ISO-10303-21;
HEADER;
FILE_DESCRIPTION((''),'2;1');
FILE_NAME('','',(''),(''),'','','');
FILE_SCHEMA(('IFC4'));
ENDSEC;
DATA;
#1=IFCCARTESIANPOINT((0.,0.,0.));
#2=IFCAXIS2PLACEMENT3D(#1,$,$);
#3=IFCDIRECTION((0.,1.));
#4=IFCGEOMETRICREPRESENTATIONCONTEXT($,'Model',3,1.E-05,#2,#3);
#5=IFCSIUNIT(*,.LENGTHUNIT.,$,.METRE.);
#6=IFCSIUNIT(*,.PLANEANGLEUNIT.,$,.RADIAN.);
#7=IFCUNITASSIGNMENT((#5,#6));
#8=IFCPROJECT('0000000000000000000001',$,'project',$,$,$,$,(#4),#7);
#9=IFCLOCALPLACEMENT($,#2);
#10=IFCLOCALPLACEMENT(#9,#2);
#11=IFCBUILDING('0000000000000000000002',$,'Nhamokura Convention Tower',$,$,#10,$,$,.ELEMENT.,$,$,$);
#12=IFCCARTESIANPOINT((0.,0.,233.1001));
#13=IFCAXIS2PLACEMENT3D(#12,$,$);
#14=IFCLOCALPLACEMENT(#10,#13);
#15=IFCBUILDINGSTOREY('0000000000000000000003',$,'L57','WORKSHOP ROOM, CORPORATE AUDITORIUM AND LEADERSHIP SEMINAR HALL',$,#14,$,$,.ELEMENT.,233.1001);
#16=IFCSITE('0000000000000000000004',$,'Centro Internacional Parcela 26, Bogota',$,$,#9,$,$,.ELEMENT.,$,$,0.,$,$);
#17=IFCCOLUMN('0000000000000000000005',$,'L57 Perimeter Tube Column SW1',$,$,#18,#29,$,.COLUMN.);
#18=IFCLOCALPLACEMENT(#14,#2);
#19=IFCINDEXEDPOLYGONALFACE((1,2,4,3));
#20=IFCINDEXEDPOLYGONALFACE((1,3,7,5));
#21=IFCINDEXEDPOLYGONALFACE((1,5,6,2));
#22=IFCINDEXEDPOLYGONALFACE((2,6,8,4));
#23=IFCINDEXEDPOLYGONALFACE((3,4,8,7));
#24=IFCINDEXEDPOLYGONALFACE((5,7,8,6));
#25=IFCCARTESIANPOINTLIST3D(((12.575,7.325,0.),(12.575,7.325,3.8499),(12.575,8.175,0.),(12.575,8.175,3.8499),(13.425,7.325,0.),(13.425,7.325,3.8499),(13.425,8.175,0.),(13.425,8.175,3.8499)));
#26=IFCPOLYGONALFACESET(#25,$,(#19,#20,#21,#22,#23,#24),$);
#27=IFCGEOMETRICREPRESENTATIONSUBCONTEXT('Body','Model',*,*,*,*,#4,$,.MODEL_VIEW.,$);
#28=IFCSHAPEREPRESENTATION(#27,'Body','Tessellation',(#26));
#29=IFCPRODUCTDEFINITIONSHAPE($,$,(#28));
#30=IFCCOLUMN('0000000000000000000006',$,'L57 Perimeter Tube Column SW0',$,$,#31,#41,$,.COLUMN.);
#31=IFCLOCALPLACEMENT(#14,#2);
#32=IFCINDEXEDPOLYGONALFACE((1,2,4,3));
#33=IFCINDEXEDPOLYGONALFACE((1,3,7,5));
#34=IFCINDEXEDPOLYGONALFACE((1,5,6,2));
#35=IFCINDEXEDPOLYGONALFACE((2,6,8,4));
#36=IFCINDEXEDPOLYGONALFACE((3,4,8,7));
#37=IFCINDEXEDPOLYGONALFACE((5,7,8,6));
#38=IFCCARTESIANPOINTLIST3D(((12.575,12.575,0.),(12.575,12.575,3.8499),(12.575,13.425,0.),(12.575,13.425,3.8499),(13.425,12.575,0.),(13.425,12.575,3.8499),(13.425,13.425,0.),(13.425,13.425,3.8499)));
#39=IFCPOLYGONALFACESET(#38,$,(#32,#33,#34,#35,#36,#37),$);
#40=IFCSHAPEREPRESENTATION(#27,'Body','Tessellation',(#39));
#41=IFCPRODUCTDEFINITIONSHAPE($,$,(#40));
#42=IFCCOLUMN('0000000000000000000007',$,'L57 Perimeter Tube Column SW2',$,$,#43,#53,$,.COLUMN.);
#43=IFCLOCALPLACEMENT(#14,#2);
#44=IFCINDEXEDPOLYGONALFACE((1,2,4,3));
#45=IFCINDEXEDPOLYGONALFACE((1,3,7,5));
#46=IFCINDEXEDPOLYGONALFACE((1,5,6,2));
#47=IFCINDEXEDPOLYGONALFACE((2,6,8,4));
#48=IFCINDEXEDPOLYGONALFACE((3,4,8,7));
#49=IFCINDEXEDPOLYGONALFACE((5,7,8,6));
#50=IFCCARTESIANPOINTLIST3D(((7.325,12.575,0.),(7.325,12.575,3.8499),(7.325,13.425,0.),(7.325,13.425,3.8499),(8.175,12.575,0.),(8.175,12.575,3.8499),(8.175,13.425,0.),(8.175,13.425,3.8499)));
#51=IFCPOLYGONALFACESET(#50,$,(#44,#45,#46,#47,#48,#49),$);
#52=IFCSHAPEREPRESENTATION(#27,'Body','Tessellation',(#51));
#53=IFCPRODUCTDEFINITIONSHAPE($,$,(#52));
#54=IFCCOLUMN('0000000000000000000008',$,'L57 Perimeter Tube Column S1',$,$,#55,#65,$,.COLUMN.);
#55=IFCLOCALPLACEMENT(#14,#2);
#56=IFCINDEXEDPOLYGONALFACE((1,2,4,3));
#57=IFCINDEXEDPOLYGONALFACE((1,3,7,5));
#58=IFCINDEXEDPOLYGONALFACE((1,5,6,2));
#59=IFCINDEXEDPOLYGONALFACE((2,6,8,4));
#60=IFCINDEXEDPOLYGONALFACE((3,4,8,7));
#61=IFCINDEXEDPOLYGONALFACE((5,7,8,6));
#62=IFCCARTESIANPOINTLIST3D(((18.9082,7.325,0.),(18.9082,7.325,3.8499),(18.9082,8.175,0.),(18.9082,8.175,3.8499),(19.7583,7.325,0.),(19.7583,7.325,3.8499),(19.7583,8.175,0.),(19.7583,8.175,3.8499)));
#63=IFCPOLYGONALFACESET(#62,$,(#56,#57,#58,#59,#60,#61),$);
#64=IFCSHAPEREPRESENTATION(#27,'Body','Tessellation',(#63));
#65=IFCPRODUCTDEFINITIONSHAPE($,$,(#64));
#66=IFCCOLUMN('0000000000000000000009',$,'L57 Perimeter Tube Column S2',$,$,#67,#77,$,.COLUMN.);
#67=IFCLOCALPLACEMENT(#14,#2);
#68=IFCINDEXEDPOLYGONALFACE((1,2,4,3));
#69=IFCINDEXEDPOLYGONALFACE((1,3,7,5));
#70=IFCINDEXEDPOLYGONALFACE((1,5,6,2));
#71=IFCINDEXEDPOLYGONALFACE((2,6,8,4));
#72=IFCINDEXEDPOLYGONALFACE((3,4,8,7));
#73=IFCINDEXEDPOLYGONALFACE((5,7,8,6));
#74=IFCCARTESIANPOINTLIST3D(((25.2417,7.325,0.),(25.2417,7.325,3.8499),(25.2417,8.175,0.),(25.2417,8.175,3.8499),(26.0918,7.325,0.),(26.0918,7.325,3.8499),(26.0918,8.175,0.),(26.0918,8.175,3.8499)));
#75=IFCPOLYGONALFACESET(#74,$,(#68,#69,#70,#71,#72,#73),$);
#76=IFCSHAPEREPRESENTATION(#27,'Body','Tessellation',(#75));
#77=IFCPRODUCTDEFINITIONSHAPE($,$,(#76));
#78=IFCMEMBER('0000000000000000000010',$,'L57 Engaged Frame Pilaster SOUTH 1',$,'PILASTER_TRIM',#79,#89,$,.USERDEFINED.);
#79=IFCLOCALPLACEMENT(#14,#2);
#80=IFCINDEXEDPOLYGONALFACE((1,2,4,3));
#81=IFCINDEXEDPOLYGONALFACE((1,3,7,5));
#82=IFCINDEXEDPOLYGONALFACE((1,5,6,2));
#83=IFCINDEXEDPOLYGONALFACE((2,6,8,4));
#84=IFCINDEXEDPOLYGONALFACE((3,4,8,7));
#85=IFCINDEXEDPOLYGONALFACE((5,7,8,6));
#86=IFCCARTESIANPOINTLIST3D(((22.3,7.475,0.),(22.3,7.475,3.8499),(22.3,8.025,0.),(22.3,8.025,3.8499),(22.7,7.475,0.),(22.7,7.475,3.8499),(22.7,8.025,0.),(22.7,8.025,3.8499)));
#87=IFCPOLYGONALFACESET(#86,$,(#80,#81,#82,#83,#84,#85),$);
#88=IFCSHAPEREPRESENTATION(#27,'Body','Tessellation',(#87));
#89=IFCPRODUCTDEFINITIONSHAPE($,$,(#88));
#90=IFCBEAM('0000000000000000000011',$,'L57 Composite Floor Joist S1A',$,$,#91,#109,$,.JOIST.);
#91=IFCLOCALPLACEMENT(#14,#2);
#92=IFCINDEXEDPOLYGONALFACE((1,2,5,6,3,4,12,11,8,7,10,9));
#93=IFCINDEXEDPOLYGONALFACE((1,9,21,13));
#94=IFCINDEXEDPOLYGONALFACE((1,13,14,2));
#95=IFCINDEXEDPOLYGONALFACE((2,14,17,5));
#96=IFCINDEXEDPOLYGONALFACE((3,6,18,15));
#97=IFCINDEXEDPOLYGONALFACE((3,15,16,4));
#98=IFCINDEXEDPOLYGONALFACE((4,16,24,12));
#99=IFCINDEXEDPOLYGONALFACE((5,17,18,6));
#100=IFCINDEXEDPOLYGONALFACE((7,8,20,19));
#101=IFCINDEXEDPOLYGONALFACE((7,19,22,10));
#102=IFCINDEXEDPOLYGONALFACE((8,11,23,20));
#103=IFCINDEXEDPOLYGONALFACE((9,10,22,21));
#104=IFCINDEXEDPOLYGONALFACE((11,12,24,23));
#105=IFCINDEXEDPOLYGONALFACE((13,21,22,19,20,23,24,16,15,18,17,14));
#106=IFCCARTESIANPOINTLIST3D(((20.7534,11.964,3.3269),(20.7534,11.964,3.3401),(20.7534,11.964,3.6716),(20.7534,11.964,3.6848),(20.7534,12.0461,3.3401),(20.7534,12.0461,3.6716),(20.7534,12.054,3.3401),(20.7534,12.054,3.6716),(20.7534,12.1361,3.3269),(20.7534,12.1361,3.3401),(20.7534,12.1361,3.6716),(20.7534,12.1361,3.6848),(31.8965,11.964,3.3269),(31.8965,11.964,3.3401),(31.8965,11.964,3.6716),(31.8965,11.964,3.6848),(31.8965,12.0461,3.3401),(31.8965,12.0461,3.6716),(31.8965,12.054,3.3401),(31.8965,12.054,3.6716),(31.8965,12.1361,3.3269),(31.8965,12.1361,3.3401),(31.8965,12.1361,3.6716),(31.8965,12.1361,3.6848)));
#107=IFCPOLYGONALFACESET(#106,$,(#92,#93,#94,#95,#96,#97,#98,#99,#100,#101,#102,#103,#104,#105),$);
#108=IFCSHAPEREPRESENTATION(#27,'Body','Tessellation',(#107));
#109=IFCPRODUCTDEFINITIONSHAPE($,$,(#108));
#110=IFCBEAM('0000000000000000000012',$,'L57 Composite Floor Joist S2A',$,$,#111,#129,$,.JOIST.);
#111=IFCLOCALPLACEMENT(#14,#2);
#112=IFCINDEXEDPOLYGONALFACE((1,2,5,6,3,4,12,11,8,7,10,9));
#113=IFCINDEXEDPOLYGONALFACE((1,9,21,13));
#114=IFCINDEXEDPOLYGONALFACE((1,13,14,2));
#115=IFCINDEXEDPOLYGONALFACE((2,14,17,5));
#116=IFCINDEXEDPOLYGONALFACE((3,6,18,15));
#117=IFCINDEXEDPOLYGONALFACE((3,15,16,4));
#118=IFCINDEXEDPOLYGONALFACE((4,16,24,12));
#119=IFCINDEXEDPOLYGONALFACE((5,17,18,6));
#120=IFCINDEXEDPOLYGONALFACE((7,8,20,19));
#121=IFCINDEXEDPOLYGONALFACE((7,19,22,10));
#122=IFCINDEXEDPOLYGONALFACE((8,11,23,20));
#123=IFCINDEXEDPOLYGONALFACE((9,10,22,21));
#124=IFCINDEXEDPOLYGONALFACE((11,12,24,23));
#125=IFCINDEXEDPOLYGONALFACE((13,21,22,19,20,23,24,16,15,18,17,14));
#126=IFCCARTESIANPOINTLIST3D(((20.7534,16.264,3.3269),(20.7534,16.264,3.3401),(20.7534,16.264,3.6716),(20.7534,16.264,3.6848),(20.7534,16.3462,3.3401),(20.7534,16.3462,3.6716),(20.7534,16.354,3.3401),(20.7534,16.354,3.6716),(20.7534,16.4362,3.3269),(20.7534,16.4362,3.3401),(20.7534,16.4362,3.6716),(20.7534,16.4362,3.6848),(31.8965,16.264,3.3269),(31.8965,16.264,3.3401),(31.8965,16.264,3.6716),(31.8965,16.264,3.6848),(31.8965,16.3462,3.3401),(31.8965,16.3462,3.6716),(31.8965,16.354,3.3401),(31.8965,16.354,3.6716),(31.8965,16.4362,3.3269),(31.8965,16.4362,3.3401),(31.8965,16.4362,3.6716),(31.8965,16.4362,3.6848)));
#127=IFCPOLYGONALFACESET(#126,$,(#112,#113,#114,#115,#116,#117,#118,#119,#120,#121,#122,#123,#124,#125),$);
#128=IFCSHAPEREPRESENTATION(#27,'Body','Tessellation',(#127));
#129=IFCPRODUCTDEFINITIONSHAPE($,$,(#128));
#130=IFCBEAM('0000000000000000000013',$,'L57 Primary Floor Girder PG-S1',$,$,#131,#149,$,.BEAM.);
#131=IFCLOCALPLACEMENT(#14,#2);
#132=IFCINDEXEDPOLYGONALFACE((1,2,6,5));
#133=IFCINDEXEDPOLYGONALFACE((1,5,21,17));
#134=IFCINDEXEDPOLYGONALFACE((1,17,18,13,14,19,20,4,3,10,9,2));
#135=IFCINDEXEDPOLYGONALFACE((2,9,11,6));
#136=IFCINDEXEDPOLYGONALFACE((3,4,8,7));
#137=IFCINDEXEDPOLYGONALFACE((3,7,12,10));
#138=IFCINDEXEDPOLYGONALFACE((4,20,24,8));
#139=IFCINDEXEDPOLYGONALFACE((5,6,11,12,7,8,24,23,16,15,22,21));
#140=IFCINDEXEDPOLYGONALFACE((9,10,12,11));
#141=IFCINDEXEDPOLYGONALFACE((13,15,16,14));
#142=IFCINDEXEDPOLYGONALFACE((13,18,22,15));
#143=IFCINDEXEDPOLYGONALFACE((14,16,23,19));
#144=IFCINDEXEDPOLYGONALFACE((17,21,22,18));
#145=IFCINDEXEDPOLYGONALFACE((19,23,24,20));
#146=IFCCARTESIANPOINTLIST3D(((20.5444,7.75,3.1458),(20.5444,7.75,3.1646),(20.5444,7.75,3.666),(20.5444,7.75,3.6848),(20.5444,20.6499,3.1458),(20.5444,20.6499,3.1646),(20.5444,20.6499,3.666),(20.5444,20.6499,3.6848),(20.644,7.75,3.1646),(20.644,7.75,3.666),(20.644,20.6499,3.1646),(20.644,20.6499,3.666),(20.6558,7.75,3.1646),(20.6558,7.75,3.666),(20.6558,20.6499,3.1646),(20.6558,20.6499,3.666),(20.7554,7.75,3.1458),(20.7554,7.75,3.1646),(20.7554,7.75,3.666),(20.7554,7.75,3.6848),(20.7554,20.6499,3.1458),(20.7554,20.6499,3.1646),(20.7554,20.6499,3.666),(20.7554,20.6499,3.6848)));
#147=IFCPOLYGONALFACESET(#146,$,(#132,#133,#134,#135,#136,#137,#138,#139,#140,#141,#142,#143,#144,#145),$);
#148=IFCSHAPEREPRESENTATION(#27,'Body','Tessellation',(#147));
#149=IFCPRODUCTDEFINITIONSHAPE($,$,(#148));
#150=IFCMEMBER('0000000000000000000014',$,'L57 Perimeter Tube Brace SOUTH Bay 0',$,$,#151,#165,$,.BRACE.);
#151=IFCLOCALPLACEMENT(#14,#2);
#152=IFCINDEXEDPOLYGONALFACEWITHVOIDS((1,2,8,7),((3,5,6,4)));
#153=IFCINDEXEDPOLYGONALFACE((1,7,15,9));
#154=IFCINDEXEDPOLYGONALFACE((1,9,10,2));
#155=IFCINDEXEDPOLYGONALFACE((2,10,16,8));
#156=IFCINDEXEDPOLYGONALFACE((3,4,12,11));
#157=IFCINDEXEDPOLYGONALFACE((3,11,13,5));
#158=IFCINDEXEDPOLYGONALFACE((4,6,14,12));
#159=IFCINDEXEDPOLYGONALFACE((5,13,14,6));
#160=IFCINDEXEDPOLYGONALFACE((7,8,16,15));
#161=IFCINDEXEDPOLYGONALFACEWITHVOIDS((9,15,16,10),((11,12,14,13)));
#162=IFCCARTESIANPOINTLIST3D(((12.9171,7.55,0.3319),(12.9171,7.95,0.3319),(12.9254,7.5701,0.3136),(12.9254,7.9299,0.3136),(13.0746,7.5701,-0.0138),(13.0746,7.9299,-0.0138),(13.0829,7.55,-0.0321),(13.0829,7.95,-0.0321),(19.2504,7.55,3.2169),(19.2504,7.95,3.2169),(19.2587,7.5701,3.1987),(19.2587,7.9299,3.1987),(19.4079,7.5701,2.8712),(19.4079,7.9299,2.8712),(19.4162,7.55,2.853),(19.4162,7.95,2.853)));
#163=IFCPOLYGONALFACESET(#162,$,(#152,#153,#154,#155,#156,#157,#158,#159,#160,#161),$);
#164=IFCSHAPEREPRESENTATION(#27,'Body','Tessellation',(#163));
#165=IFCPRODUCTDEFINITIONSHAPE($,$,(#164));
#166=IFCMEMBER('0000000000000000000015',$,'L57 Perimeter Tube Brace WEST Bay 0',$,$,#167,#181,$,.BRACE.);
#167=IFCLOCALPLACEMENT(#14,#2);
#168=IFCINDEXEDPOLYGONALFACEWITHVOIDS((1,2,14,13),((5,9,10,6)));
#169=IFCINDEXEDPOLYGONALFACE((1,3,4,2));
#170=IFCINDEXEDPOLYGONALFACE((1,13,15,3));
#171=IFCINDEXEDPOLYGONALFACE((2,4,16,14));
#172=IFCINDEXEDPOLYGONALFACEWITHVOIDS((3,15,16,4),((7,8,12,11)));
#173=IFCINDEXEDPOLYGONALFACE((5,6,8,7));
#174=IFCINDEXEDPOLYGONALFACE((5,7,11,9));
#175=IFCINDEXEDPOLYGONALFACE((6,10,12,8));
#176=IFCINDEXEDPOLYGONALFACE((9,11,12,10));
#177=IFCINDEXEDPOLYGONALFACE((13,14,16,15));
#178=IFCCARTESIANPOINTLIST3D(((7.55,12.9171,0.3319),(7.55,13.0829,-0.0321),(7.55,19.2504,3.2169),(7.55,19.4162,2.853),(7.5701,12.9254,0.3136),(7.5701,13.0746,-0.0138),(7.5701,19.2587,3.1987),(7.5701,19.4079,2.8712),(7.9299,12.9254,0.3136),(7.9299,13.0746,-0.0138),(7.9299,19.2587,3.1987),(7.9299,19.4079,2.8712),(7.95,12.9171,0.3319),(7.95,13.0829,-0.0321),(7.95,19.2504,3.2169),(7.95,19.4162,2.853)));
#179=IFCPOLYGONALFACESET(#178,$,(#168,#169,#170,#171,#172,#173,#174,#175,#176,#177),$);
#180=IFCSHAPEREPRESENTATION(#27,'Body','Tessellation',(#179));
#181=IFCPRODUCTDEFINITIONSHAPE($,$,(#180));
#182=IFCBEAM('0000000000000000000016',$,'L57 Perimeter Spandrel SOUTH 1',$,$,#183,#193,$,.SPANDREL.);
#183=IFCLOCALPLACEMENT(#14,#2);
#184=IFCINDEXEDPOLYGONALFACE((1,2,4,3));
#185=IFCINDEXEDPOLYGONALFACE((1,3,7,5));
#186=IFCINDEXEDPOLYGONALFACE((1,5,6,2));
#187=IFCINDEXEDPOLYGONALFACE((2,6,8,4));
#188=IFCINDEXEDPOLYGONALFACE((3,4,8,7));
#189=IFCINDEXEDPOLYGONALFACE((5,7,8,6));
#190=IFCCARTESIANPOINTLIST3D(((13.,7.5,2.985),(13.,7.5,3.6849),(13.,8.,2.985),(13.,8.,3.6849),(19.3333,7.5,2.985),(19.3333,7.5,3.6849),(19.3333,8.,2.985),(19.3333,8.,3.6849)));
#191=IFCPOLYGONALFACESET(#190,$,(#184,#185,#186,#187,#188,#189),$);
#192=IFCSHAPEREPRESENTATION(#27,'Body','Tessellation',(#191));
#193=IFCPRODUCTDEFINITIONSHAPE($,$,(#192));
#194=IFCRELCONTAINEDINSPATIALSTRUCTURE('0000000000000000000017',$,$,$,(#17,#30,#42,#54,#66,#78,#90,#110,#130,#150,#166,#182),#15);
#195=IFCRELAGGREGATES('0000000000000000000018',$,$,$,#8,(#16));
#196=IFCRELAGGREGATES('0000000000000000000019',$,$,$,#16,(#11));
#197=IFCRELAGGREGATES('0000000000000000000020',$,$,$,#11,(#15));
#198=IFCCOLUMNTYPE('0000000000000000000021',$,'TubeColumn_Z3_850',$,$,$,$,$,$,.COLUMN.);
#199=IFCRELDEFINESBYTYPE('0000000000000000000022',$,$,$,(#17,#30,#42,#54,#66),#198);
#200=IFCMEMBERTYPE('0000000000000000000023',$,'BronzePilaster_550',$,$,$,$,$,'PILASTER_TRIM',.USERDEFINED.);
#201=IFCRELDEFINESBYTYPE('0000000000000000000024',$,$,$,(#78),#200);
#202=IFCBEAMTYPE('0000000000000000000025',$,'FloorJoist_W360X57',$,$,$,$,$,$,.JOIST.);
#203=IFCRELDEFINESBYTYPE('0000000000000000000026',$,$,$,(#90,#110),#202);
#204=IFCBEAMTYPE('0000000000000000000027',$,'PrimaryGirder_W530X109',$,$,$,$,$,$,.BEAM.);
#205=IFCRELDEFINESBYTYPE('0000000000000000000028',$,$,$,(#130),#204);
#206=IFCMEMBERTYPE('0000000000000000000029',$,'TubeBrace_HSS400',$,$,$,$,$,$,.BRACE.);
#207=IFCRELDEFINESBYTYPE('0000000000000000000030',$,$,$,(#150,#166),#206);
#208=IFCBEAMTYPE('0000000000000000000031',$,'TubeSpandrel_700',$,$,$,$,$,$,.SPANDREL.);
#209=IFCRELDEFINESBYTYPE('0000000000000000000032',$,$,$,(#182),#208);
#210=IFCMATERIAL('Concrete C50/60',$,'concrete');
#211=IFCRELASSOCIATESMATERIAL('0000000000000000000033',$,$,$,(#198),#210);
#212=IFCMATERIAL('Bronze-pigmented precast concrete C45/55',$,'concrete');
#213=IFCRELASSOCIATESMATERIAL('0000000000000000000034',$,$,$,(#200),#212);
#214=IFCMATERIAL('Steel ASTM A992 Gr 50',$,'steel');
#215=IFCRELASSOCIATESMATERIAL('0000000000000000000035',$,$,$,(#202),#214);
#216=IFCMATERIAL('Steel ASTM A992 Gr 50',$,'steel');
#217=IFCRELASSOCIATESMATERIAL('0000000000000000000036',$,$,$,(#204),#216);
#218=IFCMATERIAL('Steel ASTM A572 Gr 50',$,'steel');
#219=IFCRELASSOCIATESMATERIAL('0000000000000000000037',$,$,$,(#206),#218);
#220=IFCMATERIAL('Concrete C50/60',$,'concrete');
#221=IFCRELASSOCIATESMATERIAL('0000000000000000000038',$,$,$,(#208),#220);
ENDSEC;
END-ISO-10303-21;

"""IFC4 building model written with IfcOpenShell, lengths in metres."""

from ifc_helpers import new_model, si_unit, direction, frame, origin, origin_2d, place, context, subcontext, project, spatial, rectangle, hollow_rectangle, i_section, extrude, material, material_profile, profile_set, type_object, element, save


model = new_model("IFC4")

# Units and contexts
model_context = context("Model", 3, precision=1e-05, world=origin(), true_north=direction((0.0, 1.0)))
body_context = subcontext(model_context, "Body", "Model", "MODEL_VIEW")
ifc_project = project(units=[si_unit("LENGTHUNIT", "METRE"), si_unit("PLANEANGLEUNIT", "RADIAN")], contexts=[model_context])

# Site, building, storey
site_placement = place(None, origin())
site = spatial("IfcSite", under=ifc_project, at=site_placement, Name="Centro Internacional Parcela 26, Bogota", CompositionType="ELEMENT", RefElevation=0.0)
building_placement = place(site_placement, origin())
building = spatial("IfcBuilding", under=site, at=building_placement, Name="Nhamokura Convention Tower", CompositionType="ELEMENT")
storey_placement = place(building_placement, frame((0.0, 0.0, 233.1001)))
storey = spatial("IfcBuildingStorey", under=building, at=storey_placement, Name="L57", Description="WORKSHOP ROOM, CORPORATE AUDITORIUM AND LEADERSHIP SEMINAR HALL", CompositionType="ELEMENT", Elevation=233.1001)

# Columns
ifc_material_1 = material(Name="Concrete C50/60", Category="concrete")
ifc_material_profile_1 = material_profile(ifc_material_1, rectangle(XDim=0.8501, YDim=0.8501, at=origin_2d()))
ifc_profile_set_1 = profile_set([ifc_material_profile_1], Name="Concrete C50/60")
column_type = type_object("IfcColumnType", Name="TubeColumn_Z3_850", PredefinedType="COLUMN", material=ifc_profile_set_1)
for number, where, z_axis, x_axis, name in (
    (1, (13.0, 7.75, 0.0), (0.0, 0.0, 1.0), (1.0, 0.0, 0.0), "L57 Perimeter Tube Column SW1"),
    (2, (13.0, 13.0, 0.0), (0.0, 0.0, 1.0), (1.0, 0.0, 0.0), "L57 Perimeter Tube Column SW0"),
    (3, (7.75, 13.0, 0.0), (0.0, 0.0, 1.0), (1.0, 0.0, 0.0), "L57 Perimeter Tube Column SW2"),
    (4, (19.3333, 7.75, 0.0), (0.0, 0.0, 1.0), (1.0, 0.0, 0.0), "L57 Perimeter Tube Column S1"),
    (5, (25.6667, 7.75, 0.0), (0.0, 0.0, 1.0), (1.0, 0.0, 0.0), "L57 Perimeter Tube Column S2"),
):
    element("IfcColumn", number, at=place(storey_placement, frame(where, z_axis=z_axis, x_axis=x_axis)), inside=storey, type_object=column_type, Name=name, PredefinedType="COLUMN", context=body_context, shape_type="SweptSolid", body=[
        extrude(rectangle(XDim=0.8501, YDim=0.8501, at=origin_2d()), origin(), (0.0, 0.0, 1.0), 3.8499),
    ])

# Member
ifc_material_2 = material(Name="Bronze-pigmented precast concrete C45/55", Category="concrete")
ifc_material_profile_2 = material_profile(ifc_material_2, rectangle(XDim=0.3999, YDim=0.55, at=origin_2d()))
ifc_profile_set_2 = profile_set([ifc_material_profile_2], Name="Bronze-pigmented precast concrete C45/55")
member_type_1 = type_object("IfcMemberType", Name="BronzePilaster_550", ElementType="PILASTER_TRIM", PredefinedType="USERDEFINED", material=ifc_profile_set_2)
member_placement = place(storey_placement, frame((22.5, 7.75, 0.0), z_axis=(0.0, 0.0, 1.0), x_axis=(1.0, 0.0, 0.0)))
element("IfcMember", 6, at=member_placement, inside=storey, type_object=member_type_1, Name="L57 Engaged Frame Pilaster SOUTH 1", ObjectType="PILASTER_TRIM", PredefinedType="USERDEFINED", context=body_context, shape_type="SweptSolid", body=[
    extrude(rectangle(XDim=0.3999, YDim=0.55, at=origin_2d()), origin(), (0.0, 0.0, 1.0), 3.8499),
])

# Beams
ifc_material_3 = material(Name="Steel ASTM A992 Gr 50", Category="steel")
ifc_material_profile_3 = material_profile(ifc_material_3, i_section(OverallWidth=0.1721, OverallDepth=0.3579, WebThickness=0.0078, FlangeThickness=0.0132, at=origin_2d()))
ifc_profile_set_3 = profile_set([ifc_material_profile_3], Name="Steel ASTM A992 Gr 50")
beam_type_1 = type_object("IfcBeamType", Name="FloorJoist_W360X57", PredefinedType="JOIST", material=ifc_profile_set_3)
for number, where, z_axis, x_axis, name in (
    (7, (20.7534, 12.05, 3.5059), (1.0, 0.0, 0.0), (0.0, 1.0, 0.0), "L57 Composite Floor Joist S1A"),
    (8, (20.7534, 16.3501, 3.5059), (1.0, 0.0, 0.0), (0.0, 1.0, 0.0), "L57 Composite Floor Joist S2A"),
):
    element("IfcBeam", number, at=place(storey_placement, frame(where, z_axis=z_axis, x_axis=x_axis)), inside=storey, type_object=beam_type_1, Name=name, PredefinedType="JOIST", context=body_context, shape_type="SweptSolid", body=[
        extrude(i_section(OverallWidth=0.1721, OverallDepth=0.3579, WebThickness=0.0078, FlangeThickness=0.0132, at=origin_2d()), origin(), (0.0, 0.0, 1.0), 11.1431),
    ])
ifc_material_4 = material(Name="Steel ASTM A992 Gr 50", Category="steel")
ifc_material_profile_4 = material_profile(ifc_material_4, i_section(OverallWidth=0.2109, OverallDepth=0.5391, WebThickness=0.0117, FlangeThickness=0.0188, at=origin_2d()))
ifc_profile_set_4 = profile_set([ifc_material_profile_4], Name="Steel ASTM A992 Gr 50")
beam_type_2 = type_object("IfcBeamType", Name="PrimaryGirder_W530X109", PredefinedType="BEAM", material=ifc_profile_set_4)
beam_1_placement = place(storey_placement, frame((20.6499, 7.75, 3.4153), z_axis=(0.0, 1.0, 0.0), x_axis=(-1.0, 0.0, 0.0)))
element("IfcBeam", 9, at=beam_1_placement, inside=storey, type_object=beam_type_2, Name="L57 Primary Floor Girder PG-S1", PredefinedType="BEAM", context=body_context, shape_type="SweptSolid", body=[
    extrude(i_section(OverallWidth=0.2109, OverallDepth=0.5391, WebThickness=0.0117, FlangeThickness=0.0188, at=origin_2d()), origin(), (0.0, 0.0, 1.0), 12.8999),
])

# Members
ifc_material_5 = material(Name="Steel ASTM A572 Gr 50", Category="steel")
ifc_material_profile_5 = material_profile(ifc_material_5, hollow_rectangle(XDim=0.3999, YDim=0.3999, WallThickness=0.02, at=origin_2d()))
ifc_profile_set_5 = profile_set([ifc_material_profile_5], Name="Steel ASTM A572 Gr 50")
member_type_2 = type_object("IfcMemberType", Name="TubeBrace_HSS400", PredefinedType="BRACE", material=ifc_profile_set_5)
for number, where, z_axis, x_axis, name in (
    (10, (13.0, 7.75, 0.1499), (0.910027, 0.0, 0.414548), (0.0, 1.0, 0.0), "L57 Perimeter Tube Brace SOUTH Bay 0"),
    (11, (7.75, 13.0, 0.1499), (0.0, 0.910027, 0.414548), (-1.0, 0.0, 0.0), "L57 Perimeter Tube Brace WEST Bay 0"),
):
    element("IfcMember", number, at=place(storey_placement, frame(where, z_axis=z_axis, x_axis=x_axis)), inside=storey, type_object=member_type_2, Name=name, PredefinedType="BRACE", context=body_context, shape_type="SweptSolid", body=[
        extrude(hollow_rectangle(XDim=0.3999, YDim=0.3999, WallThickness=0.02, at=origin_2d()), origin(), (0.0, 0.0, 1.0), 6.9595),
    ])

# Beam
ifc_material_6 = material(Name="Concrete C50/60", Category="concrete")
ifc_material_profile_6 = material_profile(ifc_material_6, rectangle(XDim=0.5, YDim=0.7, at=origin_2d()))
ifc_profile_set_6 = profile_set([ifc_material_profile_6], Name="Concrete C50/60")
beam_type_3 = type_object("IfcBeamType", Name="TubeSpandrel_700", PredefinedType="SPANDREL", material=ifc_profile_set_6)
beam_2_placement = place(storey_placement, frame((13.0, 7.75, 3.335), z_axis=(1.0, 0.0, 0.0), x_axis=(0.0, 1.0, 0.0)))
element("IfcBeam", 12, at=beam_2_placement, inside=storey, type_object=beam_type_3, Name="L57 Perimeter Spandrel SOUTH 1", PredefinedType="SPANDREL", context=body_context, shape_type="SweptSolid", body=[
    extrude(rectangle(XDim=0.5, YDim=0.7, at=origin_2d()), origin(), (0.0, 0.0, 1.0), 6.3333),
])

save(model, "model.ifc")
